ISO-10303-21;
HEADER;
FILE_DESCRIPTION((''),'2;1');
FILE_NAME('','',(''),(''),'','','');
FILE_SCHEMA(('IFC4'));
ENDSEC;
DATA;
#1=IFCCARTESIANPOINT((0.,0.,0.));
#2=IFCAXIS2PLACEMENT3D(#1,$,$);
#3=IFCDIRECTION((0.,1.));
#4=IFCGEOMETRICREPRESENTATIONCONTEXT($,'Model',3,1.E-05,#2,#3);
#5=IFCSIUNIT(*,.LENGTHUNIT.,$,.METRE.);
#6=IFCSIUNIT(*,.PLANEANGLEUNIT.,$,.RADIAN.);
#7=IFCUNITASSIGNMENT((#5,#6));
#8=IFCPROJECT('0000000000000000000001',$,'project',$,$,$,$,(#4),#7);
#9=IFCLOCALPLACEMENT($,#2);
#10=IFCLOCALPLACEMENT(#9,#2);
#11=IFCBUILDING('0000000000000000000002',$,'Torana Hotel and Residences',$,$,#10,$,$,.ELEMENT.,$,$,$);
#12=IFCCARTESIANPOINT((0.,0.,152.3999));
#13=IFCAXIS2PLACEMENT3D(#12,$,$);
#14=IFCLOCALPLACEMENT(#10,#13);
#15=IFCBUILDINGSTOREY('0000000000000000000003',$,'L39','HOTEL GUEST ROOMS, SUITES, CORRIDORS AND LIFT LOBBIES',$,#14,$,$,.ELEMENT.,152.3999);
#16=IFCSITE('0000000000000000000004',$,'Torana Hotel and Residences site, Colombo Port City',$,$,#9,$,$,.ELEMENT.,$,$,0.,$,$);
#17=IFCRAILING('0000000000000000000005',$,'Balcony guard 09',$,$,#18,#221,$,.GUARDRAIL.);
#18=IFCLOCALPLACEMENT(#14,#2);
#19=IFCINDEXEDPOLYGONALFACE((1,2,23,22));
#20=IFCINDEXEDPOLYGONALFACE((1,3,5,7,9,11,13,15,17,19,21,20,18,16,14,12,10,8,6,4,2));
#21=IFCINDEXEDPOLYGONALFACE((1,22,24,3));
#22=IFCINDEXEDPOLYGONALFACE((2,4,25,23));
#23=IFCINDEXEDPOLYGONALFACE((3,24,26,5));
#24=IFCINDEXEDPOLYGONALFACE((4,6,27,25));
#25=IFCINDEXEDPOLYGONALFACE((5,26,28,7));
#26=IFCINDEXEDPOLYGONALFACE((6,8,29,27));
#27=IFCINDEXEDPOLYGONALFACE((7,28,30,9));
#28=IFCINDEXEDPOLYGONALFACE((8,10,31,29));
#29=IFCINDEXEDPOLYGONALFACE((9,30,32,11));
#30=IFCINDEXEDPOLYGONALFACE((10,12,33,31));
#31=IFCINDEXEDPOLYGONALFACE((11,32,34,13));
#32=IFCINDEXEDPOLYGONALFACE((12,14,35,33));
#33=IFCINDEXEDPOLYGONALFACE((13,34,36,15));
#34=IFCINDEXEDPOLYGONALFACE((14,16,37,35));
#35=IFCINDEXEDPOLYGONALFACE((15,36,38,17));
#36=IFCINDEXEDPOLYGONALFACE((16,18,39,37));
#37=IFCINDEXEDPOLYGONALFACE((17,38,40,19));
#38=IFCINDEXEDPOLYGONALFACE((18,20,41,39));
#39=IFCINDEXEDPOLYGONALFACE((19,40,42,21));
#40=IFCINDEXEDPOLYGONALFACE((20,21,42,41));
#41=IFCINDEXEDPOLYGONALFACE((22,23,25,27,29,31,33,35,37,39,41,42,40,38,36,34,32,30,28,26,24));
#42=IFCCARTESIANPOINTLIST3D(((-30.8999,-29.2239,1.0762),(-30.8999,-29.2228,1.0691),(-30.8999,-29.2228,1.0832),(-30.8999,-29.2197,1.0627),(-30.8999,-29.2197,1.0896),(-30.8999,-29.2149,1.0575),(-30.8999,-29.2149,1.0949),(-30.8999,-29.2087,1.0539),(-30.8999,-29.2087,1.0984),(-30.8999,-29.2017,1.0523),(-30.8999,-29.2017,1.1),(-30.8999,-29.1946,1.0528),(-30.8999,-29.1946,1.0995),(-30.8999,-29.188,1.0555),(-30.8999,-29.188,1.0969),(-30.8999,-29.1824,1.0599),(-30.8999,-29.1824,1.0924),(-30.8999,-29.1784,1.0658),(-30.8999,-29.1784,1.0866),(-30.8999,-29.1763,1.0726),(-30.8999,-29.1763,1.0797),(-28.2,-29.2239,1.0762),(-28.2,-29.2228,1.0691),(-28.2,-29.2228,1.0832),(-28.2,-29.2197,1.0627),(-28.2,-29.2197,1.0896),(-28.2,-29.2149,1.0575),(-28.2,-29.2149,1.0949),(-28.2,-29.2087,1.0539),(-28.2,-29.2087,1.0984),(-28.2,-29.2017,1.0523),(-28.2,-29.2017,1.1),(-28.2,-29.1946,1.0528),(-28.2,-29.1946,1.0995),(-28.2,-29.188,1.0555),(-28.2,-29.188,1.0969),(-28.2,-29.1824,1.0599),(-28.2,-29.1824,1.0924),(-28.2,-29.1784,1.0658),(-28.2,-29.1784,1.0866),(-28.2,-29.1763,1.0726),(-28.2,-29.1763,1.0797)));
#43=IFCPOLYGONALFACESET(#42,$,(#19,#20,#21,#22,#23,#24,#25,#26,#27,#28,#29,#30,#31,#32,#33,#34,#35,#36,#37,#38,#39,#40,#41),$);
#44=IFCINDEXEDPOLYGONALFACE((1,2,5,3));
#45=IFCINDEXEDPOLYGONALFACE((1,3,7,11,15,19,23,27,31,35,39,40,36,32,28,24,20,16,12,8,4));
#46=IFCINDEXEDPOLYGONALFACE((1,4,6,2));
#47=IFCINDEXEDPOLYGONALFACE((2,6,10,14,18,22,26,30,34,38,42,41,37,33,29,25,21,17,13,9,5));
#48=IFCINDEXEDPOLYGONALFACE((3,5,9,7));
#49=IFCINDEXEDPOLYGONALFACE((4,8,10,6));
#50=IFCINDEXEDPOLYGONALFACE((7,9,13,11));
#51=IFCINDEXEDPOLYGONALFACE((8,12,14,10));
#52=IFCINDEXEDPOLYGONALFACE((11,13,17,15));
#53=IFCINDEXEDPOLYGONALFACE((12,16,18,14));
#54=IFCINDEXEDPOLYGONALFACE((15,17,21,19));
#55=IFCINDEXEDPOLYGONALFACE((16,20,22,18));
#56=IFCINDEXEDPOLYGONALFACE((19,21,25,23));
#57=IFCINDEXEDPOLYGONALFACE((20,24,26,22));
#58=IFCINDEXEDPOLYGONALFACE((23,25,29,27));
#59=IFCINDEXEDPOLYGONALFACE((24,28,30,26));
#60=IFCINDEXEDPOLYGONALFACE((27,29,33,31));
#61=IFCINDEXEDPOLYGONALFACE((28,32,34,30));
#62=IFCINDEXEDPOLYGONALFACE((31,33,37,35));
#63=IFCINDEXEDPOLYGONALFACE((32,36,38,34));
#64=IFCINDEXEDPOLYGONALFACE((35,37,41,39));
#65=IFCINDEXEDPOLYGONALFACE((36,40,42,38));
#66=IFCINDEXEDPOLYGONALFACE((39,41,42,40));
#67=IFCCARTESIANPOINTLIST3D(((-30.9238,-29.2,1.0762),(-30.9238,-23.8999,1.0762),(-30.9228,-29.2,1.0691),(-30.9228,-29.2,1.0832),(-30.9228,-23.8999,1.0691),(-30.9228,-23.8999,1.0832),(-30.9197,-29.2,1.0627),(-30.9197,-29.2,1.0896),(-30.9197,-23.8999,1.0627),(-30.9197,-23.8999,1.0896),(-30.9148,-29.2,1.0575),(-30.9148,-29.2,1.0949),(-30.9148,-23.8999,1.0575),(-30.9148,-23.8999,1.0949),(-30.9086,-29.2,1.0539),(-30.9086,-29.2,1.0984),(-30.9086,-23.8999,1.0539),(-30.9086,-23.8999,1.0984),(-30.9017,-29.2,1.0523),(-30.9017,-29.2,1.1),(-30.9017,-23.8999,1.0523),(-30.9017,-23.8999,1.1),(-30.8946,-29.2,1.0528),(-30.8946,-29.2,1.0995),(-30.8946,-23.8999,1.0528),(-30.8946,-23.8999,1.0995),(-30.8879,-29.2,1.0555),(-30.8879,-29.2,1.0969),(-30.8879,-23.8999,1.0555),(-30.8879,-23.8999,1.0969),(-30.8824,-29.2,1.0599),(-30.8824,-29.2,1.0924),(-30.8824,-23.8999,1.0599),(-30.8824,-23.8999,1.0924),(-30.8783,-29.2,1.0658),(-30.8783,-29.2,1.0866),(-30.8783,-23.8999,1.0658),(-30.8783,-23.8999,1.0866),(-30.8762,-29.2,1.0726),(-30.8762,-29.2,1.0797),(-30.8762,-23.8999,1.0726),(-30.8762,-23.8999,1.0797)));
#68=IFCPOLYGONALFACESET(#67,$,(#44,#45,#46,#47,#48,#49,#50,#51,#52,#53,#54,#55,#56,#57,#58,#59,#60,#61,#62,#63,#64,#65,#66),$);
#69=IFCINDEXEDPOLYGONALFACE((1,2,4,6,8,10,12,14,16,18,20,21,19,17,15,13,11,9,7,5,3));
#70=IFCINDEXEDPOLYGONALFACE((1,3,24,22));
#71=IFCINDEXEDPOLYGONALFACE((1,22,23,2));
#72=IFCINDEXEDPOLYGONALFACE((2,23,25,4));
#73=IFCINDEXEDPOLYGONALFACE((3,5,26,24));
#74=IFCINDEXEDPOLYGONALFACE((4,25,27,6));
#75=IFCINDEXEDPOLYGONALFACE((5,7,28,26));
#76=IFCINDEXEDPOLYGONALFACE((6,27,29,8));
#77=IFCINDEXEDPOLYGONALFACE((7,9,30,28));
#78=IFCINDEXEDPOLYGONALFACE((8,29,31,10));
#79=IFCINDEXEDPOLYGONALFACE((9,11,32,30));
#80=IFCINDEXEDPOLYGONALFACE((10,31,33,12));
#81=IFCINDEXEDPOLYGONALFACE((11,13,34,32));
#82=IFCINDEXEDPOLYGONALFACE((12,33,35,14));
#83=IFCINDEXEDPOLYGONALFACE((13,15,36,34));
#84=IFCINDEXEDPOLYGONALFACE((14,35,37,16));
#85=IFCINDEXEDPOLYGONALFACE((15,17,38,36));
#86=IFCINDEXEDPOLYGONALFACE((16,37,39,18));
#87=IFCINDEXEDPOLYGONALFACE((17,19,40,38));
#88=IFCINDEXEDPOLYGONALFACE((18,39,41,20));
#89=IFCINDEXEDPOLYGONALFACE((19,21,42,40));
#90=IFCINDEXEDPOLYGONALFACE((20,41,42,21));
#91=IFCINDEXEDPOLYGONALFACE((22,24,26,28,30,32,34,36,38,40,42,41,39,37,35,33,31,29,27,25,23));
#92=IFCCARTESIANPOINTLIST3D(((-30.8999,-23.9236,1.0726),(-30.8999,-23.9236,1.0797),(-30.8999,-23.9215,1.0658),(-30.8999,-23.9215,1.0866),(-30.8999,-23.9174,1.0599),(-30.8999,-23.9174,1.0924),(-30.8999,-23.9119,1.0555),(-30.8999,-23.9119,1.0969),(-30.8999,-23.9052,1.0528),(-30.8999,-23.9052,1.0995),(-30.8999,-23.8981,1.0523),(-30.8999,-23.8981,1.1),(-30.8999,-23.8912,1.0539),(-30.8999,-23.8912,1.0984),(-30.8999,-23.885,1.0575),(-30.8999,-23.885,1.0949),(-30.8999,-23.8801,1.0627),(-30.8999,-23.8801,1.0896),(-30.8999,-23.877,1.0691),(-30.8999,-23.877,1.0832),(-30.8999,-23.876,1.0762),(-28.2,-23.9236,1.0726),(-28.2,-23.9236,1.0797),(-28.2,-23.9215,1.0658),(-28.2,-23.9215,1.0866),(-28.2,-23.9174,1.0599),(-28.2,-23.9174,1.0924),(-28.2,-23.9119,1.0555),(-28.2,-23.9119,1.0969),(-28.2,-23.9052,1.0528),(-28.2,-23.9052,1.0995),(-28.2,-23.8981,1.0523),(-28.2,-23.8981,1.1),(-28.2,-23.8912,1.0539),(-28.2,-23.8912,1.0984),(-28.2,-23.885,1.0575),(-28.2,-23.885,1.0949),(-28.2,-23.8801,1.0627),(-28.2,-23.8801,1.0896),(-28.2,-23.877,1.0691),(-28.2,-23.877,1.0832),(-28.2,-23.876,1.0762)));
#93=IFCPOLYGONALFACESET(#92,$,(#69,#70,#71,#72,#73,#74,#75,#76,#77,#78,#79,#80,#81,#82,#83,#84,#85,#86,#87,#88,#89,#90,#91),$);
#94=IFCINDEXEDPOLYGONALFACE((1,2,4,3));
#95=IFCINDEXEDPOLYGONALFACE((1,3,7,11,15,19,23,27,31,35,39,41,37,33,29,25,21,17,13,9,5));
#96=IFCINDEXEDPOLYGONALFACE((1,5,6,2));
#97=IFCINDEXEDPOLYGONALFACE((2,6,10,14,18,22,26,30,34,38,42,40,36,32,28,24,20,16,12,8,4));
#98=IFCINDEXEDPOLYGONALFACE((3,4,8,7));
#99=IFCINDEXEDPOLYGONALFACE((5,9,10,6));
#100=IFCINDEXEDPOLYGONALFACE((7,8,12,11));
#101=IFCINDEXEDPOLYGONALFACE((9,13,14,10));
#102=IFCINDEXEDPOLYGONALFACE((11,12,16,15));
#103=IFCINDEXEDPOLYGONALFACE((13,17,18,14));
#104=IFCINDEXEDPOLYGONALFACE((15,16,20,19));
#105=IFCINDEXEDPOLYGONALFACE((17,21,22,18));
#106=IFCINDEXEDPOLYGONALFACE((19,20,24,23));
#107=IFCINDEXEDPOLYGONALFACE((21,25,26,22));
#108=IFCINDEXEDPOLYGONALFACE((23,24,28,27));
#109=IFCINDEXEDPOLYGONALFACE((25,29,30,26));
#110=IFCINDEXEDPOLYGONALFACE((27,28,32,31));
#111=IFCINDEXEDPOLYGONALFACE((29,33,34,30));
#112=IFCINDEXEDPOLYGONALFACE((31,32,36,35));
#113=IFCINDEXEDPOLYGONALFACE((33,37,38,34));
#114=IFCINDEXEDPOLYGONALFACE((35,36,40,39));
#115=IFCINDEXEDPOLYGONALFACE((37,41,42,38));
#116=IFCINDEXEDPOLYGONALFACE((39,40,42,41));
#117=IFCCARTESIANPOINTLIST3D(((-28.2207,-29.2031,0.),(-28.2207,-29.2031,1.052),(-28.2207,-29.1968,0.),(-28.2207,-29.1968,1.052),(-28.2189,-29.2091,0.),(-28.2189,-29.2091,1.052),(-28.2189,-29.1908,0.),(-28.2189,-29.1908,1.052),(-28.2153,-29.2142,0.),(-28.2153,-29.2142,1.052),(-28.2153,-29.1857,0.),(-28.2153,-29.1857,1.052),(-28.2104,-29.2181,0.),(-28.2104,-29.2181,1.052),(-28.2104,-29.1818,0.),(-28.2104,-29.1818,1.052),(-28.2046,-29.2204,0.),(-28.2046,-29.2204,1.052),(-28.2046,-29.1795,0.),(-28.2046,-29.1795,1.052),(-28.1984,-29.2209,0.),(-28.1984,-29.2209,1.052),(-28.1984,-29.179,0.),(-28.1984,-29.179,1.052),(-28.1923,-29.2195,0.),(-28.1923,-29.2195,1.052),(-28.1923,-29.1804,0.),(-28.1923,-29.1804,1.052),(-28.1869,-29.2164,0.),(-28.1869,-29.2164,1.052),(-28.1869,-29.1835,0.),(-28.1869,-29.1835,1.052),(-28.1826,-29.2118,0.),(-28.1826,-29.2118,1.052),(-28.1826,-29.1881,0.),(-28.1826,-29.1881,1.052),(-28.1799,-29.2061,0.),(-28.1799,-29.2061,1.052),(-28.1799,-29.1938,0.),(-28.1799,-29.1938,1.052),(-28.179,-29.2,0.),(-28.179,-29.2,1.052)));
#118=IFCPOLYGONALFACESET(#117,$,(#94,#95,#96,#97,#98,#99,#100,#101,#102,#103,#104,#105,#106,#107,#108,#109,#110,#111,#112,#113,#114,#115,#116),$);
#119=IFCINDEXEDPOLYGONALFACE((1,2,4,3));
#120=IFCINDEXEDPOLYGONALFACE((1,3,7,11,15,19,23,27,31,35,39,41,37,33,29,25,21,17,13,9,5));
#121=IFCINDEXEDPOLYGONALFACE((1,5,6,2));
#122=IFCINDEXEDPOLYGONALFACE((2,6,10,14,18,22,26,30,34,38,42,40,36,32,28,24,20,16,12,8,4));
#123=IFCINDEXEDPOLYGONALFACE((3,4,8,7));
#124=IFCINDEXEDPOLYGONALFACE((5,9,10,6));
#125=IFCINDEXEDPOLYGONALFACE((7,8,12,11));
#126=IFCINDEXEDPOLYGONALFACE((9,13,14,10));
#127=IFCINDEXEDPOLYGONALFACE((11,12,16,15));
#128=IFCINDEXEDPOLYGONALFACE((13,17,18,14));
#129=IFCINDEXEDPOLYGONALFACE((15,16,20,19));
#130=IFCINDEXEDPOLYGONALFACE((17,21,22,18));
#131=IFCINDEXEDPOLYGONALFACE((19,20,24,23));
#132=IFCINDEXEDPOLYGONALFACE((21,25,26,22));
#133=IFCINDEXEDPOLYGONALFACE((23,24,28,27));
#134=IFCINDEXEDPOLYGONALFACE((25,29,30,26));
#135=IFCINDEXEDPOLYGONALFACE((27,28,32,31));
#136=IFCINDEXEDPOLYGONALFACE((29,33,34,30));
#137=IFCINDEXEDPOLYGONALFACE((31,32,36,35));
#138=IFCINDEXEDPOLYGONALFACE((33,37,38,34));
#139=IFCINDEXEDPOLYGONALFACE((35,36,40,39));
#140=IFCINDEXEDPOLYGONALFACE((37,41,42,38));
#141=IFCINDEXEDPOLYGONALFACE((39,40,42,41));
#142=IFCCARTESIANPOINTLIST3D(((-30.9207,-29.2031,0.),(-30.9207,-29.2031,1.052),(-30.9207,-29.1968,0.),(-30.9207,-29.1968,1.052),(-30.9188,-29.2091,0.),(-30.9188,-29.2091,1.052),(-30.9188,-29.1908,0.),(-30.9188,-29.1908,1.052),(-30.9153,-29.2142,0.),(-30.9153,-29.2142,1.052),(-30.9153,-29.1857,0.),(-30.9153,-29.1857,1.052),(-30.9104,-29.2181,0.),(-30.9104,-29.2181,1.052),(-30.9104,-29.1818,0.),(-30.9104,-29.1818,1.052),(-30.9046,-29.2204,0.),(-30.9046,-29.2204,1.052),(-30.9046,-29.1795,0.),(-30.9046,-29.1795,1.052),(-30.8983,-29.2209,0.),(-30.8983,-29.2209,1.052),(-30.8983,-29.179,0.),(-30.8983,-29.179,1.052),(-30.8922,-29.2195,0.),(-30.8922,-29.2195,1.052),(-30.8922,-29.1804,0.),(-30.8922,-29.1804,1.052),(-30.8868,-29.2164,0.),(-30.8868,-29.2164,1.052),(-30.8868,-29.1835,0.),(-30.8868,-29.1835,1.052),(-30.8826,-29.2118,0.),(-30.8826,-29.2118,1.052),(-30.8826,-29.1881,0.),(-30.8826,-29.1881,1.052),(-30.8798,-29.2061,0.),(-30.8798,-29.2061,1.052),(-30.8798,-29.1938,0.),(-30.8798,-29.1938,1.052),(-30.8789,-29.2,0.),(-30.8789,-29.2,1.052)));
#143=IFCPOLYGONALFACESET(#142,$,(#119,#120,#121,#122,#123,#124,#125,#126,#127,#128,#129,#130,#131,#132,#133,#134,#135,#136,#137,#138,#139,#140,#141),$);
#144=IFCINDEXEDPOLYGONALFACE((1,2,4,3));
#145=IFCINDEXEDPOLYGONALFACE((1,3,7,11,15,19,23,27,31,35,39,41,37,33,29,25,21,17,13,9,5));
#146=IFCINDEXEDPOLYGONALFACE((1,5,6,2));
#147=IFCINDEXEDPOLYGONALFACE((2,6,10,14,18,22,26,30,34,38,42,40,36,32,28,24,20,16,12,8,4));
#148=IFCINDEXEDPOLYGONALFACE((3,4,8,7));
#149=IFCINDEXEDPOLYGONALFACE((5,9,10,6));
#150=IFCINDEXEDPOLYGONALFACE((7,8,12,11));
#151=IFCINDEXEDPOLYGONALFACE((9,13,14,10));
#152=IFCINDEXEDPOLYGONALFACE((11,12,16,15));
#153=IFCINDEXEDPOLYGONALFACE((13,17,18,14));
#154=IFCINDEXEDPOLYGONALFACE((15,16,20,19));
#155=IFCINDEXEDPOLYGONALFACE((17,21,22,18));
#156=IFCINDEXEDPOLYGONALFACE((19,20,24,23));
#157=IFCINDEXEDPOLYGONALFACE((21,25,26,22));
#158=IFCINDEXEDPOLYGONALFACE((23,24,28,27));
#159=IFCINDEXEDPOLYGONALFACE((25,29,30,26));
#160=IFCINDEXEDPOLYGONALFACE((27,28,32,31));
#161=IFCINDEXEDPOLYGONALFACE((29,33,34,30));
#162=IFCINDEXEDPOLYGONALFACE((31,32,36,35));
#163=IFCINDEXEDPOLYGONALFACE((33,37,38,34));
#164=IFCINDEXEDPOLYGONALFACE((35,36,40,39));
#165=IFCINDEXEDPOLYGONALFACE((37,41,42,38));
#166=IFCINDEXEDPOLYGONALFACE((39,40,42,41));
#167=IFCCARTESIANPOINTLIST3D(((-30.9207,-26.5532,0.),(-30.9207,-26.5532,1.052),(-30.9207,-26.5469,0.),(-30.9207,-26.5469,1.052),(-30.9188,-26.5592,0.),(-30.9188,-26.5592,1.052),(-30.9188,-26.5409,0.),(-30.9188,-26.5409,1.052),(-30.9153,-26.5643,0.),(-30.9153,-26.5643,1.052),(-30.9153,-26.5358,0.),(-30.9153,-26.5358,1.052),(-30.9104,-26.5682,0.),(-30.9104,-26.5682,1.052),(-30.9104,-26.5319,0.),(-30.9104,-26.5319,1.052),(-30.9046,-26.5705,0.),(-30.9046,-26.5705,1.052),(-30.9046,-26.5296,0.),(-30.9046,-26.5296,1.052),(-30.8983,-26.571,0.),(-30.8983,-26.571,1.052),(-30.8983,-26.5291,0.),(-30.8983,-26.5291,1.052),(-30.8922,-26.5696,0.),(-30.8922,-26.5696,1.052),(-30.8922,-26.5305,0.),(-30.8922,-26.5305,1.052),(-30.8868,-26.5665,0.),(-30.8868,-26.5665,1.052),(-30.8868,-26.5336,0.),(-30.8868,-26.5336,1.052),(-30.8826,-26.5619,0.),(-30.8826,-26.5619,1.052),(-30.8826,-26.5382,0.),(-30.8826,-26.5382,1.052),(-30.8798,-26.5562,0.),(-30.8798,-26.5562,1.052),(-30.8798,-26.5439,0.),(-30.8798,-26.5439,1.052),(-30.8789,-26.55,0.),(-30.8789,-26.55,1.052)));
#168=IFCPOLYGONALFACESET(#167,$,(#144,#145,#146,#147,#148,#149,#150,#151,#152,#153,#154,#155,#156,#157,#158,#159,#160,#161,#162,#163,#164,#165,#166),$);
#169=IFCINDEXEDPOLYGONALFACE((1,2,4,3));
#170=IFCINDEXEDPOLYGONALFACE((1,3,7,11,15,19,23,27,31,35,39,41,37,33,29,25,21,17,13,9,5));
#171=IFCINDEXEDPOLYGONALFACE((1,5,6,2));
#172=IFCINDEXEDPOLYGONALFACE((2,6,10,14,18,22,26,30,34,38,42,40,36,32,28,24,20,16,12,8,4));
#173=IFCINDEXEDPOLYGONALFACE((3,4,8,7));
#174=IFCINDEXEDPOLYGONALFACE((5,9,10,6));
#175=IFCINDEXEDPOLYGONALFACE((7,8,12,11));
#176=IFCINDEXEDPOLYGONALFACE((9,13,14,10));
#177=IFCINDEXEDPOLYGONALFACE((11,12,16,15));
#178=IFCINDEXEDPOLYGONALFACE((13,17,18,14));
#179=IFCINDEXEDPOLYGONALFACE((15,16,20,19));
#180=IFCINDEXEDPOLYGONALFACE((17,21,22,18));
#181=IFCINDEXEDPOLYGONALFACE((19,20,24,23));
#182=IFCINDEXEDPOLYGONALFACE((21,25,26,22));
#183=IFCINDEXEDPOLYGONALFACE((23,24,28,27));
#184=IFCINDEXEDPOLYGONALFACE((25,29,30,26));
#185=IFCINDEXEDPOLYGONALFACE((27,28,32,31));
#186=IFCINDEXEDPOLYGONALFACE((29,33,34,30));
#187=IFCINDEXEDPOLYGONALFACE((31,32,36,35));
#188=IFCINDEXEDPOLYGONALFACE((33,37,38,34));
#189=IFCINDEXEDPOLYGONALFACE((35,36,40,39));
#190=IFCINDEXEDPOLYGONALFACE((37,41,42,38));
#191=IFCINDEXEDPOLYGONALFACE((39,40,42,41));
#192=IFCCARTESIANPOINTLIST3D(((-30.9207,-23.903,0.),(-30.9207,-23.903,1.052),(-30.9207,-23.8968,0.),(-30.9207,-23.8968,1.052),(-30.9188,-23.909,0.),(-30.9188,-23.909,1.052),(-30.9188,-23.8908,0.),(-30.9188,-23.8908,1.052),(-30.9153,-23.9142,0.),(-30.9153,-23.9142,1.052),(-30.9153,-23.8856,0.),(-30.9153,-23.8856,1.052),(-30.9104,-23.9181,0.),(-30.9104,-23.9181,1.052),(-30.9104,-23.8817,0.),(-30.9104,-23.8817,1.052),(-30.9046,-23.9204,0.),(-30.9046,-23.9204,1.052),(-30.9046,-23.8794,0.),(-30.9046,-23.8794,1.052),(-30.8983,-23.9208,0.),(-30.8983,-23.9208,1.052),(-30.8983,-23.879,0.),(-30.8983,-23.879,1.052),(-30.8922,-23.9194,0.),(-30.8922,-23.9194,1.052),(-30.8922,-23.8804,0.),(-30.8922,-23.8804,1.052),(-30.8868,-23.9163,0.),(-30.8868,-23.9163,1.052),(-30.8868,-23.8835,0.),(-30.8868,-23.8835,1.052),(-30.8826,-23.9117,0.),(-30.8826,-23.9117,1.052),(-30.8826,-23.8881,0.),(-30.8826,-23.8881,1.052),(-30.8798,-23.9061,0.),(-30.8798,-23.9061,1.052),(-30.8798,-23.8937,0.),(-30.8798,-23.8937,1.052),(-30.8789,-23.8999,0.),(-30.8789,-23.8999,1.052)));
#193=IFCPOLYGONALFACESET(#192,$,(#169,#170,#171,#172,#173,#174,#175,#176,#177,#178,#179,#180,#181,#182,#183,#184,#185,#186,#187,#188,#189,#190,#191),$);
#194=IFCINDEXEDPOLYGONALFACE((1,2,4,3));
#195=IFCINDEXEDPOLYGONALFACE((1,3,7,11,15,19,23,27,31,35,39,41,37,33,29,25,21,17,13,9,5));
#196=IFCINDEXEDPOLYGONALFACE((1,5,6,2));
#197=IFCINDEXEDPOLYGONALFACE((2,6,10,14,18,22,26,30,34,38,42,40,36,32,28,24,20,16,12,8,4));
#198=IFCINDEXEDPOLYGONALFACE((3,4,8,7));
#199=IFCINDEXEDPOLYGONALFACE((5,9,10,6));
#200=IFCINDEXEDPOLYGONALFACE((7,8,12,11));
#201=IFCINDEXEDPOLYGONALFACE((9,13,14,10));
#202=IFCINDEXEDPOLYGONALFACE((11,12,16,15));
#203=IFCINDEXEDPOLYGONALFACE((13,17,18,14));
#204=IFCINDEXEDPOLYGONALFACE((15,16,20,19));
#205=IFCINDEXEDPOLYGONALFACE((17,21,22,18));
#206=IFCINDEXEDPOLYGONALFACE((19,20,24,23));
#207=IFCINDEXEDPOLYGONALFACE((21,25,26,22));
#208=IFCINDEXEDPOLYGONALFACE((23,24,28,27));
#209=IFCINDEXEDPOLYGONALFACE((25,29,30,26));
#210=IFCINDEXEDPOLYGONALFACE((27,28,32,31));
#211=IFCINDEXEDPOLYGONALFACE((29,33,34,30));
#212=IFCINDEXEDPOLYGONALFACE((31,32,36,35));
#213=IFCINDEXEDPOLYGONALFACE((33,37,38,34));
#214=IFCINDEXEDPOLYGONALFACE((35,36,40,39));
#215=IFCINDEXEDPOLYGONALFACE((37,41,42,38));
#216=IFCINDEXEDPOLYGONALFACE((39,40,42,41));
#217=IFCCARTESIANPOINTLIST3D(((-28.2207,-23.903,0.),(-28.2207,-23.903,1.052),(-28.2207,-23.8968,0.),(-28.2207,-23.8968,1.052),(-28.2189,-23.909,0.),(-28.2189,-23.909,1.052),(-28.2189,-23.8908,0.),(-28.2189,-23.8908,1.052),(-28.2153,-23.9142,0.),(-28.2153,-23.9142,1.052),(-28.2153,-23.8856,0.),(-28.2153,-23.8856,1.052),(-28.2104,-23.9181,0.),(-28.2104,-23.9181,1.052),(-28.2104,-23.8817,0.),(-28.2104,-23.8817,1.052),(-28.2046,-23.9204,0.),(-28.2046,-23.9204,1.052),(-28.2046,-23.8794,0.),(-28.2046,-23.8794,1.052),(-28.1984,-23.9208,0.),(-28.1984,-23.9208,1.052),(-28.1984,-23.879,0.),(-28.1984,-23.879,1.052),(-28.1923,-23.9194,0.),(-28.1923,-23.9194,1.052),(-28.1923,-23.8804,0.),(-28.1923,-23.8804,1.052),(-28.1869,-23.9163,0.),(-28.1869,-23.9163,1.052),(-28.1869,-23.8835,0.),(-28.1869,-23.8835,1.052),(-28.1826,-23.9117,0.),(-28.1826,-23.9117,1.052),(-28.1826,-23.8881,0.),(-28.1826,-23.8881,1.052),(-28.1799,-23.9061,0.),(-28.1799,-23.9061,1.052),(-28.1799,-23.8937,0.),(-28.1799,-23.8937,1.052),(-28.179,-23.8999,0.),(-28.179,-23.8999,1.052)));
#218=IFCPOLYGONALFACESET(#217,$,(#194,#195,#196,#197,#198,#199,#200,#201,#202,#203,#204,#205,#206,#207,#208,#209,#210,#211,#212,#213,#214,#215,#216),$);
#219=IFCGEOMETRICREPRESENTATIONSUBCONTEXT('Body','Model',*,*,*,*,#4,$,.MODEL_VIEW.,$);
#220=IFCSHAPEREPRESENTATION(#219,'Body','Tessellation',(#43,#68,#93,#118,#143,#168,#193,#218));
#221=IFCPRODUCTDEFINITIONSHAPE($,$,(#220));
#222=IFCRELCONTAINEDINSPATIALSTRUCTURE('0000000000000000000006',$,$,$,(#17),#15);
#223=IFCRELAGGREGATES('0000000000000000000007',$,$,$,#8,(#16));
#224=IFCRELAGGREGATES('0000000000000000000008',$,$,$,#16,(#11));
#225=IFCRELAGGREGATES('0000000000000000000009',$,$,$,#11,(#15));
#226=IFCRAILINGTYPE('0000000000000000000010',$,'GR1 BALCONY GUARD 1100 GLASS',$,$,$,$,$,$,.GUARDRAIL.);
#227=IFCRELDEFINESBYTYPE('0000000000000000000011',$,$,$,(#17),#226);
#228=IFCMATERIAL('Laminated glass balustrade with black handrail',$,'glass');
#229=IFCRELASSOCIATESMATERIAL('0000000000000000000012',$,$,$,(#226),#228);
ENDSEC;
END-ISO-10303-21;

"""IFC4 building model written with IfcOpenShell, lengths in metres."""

from ifc_helpers import new_model, si_unit, direction, frame, origin, origin_2d, place, context, subcontext, project, spatial, circle, extrude, material, type_object, element, save


model = new_model("IFC4")

# Units and contexts
model_context = context("Model", 3, precision=1e-05, world=origin(), true_north=direction((0.0, 1.0)))
body_context = subcontext(model_context, "Body", "Model", "MODEL_VIEW")
ifc_project = project(units=[si_unit("LENGTHUNIT", "METRE"), si_unit("PLANEANGLEUNIT", "RADIAN")], contexts=[model_context])

# Site, building, storey
site_placement = place(None, origin())
site = spatial("IfcSite", under=ifc_project, at=site_placement, Name="Torana Hotel and Residences site, Colombo Port City", CompositionType="ELEMENT", RefElevation=0.0)
building_placement = place(site_placement, origin())
building = spatial("IfcBuilding", under=site, at=building_placement, Name="Torana Hotel and Residences", CompositionType="ELEMENT")
storey_placement = place(building_placement, frame((0.0, 0.0, 152.3999)))
storey = spatial("IfcBuildingStorey", under=building, at=storey_placement, Name="L39", Description="HOTEL GUEST ROOMS, SUITES, CORRIDORS AND LIFT LOBBIES", CompositionType="ELEMENT", Elevation=152.3999)

# Railing
ifc_material_1 = material(Name="Laminated glass balustrade with black handrail", Category="glass")
railing_type = type_object("IfcRailingType", Name="GR1 BALCONY GUARD 1100 GLASS", PredefinedType="GUARDRAIL", material=ifc_material_1)
railing_placement = place(storey_placement, frame((-28.2, -29.2, 0.0)))
element("IfcRailing", 1, at=railing_placement, inside=storey, type_object=railing_type, Name="Balcony guard 09", PredefinedType="GUARDRAIL", context=body_context, shape_type="SweptSolid", body=[
    extrude(circle(Radius=0.0239, at=origin_2d()), frame((0.0, 0.0, 1.0762), z_axis=(-1.0, 0.0, 0.0), x_axis=(0.0, -1.0, 0.0)), (0.0, 0.0, 1.0), 2.7),
    extrude(circle(Radius=0.0239, at=origin_2d()), frame((-2.7, 0.0, 1.0762), z_axis=(0.0, 1.0, 0.0), x_axis=(-1.0, 0.0, 0.0)), (0.0, 0.0, 1.0), 5.3),
    extrude(circle(Radius=0.0239, at=origin_2d()), frame((-2.7, 5.3, 1.0762), z_axis=(1.0, 0.0, 0.0), x_axis=(0.0, 1.0, 0.0)), (0.0, 0.0, 1.0), 2.7),
    extrude(circle(Radius=0.021, at=origin_2d()), origin(), (0.0, 0.0, 1.0), 1.052),
    extrude(circle(Radius=0.021, at=origin_2d()), frame((-2.7, 0.0, 0.0)), (0.0, 0.0, 1.0), 1.052),
    extrude(circle(Radius=0.021, at=origin_2d()), frame((-2.7, 2.6499, 0.0)), (0.0, 0.0, 1.0), 1.052),
    extrude(circle(Radius=0.021, at=origin_2d()), frame((-2.7, 5.3, 0.0)), (0.0, 0.0, 1.0), 1.052),
    extrude(circle(Radius=0.021, at=origin_2d()), frame((0.0, 5.3, 0.0)), (0.0, 0.0, 1.0), 1.052),
])

save(model, "model.ifc")
